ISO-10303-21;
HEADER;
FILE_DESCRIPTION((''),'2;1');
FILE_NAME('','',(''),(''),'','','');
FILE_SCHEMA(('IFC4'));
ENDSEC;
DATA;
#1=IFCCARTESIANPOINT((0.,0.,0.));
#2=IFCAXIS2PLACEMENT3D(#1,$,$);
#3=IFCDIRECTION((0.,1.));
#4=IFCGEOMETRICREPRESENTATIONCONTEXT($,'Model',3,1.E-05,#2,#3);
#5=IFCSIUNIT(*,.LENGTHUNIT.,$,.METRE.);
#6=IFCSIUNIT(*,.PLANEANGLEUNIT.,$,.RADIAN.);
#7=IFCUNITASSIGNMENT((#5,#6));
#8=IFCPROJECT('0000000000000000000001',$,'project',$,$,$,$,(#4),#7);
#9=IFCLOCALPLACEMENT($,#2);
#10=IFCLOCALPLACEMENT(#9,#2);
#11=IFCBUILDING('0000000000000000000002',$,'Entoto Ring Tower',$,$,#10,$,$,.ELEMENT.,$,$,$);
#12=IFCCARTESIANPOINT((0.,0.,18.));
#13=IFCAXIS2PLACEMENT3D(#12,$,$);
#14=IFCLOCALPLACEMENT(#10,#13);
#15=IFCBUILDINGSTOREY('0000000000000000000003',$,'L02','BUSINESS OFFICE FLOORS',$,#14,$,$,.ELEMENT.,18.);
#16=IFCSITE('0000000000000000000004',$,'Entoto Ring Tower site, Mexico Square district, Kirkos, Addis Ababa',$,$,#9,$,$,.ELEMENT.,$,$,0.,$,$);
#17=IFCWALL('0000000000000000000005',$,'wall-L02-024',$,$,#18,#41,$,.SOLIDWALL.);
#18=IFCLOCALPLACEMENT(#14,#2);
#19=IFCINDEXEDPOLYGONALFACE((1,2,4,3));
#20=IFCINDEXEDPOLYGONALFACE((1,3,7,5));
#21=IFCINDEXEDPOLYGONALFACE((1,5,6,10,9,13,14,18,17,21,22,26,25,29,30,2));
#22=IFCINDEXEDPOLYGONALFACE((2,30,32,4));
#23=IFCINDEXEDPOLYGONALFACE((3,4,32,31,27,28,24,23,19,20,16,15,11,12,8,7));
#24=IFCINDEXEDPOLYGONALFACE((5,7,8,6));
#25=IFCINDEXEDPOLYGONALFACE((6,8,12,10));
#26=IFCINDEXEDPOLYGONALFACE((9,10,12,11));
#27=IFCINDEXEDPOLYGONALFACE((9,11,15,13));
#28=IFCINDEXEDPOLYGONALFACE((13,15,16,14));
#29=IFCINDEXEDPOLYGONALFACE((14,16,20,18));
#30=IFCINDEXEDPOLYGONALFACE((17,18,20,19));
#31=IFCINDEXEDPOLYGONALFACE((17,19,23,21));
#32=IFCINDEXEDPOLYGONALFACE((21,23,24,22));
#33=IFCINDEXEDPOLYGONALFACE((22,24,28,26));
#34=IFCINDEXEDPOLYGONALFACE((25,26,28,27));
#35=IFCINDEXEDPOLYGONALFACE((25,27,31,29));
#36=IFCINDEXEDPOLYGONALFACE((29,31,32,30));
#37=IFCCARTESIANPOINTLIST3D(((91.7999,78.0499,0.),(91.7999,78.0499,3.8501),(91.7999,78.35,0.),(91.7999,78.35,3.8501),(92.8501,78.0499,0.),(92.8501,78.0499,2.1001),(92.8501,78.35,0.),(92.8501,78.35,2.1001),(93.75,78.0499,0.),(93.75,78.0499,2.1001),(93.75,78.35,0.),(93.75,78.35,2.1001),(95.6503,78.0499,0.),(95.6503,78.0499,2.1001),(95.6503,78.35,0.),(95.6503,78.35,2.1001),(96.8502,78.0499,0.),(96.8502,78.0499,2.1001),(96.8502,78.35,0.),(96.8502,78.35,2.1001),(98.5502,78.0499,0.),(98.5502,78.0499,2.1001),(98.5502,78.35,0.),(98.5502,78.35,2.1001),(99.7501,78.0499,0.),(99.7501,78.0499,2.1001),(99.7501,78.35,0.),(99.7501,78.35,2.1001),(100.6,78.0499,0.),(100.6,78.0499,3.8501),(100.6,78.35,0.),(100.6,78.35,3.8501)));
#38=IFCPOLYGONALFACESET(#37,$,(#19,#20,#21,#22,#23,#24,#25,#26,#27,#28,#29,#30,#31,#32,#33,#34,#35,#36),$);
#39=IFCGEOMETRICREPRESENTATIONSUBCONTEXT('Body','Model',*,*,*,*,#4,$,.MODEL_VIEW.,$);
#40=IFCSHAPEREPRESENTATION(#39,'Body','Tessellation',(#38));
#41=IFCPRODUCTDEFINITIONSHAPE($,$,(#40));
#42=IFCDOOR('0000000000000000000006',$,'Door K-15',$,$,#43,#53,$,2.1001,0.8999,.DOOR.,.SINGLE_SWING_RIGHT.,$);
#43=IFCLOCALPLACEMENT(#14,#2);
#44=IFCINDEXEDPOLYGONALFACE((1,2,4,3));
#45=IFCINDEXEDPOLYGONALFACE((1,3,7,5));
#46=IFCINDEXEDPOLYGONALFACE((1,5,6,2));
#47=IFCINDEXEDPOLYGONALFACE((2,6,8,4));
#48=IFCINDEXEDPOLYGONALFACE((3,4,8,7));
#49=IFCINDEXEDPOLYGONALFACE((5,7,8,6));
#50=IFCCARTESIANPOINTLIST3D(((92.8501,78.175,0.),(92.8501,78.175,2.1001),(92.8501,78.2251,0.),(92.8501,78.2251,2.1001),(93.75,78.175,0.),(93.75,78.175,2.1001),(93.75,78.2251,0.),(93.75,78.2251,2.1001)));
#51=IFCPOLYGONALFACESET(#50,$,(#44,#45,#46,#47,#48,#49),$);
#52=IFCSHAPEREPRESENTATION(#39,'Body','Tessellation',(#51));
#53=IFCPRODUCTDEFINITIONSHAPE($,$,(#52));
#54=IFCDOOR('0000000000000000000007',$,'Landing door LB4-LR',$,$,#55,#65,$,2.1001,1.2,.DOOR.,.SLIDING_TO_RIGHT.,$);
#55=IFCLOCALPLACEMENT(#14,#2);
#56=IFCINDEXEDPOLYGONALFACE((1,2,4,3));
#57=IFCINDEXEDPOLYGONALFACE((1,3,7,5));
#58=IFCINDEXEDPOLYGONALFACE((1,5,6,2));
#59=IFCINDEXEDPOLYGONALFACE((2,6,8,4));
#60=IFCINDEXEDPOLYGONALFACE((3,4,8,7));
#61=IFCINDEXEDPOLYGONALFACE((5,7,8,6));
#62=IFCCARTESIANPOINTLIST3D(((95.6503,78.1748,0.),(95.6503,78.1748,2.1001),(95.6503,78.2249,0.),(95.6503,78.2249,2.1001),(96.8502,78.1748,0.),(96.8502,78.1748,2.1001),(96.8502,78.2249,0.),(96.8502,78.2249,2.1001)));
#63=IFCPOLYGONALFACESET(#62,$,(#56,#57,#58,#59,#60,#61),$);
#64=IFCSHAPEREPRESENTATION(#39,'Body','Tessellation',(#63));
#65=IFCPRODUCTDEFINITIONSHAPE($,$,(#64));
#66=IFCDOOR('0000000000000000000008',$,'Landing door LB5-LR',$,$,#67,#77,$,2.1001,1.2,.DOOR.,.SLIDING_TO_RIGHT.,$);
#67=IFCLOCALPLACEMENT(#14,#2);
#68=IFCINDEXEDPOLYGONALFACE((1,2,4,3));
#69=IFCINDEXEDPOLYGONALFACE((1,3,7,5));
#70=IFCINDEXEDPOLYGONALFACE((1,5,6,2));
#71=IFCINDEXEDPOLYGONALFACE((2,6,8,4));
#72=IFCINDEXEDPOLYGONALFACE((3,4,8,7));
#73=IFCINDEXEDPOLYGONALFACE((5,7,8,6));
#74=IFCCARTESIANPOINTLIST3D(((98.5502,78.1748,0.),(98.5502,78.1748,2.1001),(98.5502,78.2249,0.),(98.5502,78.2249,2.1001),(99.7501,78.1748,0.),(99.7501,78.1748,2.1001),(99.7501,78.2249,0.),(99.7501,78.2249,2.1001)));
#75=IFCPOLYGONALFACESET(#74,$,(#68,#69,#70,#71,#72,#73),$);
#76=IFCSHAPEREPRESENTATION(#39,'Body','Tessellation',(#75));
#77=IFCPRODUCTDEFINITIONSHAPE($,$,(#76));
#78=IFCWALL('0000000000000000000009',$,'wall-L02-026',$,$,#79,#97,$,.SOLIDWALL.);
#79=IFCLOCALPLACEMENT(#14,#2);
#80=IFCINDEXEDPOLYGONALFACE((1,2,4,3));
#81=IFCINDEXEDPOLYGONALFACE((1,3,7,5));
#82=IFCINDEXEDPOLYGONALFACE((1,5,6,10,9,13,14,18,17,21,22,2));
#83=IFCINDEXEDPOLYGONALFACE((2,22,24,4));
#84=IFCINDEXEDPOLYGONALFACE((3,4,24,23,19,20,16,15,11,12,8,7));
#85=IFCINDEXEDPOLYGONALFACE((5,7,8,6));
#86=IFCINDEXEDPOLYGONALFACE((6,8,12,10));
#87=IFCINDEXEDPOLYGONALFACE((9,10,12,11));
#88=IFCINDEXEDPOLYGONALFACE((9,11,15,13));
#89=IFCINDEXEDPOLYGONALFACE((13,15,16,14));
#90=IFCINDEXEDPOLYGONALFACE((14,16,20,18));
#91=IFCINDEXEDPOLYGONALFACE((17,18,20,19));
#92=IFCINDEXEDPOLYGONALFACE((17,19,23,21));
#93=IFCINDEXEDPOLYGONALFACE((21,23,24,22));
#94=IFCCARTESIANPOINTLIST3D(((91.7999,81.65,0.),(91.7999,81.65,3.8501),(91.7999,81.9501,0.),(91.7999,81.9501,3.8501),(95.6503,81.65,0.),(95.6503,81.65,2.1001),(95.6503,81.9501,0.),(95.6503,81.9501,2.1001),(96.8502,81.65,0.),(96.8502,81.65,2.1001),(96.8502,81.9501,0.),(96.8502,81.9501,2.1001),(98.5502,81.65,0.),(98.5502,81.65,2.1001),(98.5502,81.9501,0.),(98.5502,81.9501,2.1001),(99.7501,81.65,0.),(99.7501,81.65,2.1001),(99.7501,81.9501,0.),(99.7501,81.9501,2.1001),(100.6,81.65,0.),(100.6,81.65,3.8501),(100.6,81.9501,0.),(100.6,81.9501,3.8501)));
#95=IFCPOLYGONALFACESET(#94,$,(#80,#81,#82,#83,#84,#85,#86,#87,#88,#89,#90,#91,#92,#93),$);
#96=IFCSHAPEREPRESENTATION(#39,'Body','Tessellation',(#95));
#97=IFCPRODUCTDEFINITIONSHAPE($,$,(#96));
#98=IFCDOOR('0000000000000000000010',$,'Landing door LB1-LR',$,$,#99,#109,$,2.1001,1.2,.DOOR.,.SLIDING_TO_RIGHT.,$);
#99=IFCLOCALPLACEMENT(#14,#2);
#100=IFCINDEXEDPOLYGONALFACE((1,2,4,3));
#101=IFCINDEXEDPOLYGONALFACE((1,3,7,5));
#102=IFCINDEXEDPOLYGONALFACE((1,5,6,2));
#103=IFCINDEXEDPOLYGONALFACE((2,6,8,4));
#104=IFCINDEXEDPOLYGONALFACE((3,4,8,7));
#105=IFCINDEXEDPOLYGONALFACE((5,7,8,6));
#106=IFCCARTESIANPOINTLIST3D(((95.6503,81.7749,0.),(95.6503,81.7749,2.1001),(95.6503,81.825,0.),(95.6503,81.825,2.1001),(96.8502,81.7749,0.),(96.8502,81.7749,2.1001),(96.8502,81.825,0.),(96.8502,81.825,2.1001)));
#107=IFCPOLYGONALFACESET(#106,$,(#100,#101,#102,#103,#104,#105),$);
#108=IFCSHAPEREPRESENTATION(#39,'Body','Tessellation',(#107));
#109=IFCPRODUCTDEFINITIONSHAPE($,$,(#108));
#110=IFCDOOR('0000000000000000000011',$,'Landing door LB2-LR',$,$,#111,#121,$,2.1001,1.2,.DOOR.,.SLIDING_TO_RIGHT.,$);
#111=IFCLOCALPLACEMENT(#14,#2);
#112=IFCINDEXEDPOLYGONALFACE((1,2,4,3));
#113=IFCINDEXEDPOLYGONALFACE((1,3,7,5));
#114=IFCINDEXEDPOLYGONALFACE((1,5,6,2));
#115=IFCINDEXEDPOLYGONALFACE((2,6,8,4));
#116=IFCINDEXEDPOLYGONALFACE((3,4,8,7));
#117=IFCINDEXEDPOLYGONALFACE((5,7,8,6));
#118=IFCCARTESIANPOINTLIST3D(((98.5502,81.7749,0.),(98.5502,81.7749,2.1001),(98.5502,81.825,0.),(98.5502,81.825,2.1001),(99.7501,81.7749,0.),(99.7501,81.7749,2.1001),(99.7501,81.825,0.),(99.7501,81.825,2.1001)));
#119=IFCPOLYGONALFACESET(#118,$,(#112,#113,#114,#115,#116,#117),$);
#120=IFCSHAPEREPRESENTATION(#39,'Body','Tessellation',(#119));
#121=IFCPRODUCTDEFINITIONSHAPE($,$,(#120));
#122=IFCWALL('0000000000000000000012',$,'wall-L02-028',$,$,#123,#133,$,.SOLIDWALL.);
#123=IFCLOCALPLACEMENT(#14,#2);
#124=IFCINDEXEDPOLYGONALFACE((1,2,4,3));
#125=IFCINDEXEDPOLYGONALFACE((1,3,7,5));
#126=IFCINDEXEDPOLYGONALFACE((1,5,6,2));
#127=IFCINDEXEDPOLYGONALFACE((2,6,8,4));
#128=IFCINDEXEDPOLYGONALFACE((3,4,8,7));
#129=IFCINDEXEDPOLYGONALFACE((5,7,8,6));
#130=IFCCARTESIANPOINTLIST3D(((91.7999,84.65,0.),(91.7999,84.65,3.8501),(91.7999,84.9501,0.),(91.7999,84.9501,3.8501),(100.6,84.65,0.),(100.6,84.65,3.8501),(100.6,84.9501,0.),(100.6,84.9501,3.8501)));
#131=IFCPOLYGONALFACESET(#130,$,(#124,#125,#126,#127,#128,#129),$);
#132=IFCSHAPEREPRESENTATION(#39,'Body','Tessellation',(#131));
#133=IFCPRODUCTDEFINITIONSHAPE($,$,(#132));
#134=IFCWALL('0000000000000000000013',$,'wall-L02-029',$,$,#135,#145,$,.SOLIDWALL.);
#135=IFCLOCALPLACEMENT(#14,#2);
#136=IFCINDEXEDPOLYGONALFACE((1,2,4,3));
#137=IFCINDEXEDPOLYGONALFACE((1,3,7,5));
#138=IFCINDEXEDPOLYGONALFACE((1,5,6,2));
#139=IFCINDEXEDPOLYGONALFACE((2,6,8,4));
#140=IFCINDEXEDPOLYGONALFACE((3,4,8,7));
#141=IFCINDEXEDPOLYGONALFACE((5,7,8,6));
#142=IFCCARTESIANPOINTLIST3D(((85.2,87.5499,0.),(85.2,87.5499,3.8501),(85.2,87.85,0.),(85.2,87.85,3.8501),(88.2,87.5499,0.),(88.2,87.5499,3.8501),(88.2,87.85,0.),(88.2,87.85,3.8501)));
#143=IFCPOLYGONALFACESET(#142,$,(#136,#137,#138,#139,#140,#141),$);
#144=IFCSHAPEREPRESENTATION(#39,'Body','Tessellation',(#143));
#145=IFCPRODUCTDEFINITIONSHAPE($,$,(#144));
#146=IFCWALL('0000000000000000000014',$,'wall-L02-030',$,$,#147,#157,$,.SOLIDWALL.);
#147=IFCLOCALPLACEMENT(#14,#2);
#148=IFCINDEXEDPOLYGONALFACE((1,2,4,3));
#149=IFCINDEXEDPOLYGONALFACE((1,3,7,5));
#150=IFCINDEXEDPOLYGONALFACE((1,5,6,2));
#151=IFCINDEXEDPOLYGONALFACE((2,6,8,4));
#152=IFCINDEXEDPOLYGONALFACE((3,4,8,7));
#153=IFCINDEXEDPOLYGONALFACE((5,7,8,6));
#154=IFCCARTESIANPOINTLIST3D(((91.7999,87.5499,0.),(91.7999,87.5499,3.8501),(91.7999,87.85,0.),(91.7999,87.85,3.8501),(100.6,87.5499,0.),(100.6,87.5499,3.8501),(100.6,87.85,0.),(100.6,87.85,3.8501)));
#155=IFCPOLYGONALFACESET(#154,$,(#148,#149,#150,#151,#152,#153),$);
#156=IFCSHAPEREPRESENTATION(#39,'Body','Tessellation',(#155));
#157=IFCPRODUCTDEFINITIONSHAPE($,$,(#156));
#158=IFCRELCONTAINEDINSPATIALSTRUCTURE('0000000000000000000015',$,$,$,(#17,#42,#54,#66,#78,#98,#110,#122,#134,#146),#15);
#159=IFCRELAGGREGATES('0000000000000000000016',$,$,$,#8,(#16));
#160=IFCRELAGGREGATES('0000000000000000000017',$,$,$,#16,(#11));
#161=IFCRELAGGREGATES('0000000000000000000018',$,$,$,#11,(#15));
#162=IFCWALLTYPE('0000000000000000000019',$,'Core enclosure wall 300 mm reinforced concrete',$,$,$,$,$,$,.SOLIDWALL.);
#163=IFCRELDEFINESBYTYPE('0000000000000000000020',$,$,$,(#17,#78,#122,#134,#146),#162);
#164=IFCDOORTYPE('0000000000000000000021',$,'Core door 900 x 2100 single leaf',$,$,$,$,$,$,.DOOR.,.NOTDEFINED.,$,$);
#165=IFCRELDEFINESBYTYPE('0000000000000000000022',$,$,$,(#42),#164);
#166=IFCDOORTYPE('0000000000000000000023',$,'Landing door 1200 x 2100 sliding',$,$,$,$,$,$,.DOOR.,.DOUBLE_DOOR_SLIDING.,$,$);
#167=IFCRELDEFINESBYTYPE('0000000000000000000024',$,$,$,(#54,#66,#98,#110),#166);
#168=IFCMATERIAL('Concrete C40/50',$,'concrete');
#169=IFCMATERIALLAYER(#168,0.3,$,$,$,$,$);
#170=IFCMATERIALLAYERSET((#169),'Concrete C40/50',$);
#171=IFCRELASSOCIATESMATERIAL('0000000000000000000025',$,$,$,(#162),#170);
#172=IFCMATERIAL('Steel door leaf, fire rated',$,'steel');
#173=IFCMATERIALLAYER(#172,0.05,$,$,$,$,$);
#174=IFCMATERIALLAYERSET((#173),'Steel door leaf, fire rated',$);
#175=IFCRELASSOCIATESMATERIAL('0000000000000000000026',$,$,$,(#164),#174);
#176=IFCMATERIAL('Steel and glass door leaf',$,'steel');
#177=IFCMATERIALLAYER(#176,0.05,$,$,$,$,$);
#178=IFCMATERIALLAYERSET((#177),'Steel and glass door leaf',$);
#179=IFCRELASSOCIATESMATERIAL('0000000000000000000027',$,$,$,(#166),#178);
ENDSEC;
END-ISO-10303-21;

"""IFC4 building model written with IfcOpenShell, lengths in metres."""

from ifc_helpers import new_model, si_unit, direction, frame, frame_2d, origin, place, context, subcontext, project, spatial, rectangle, extrude, material, layer, layer_set, type_object, element, fill, save


model = new_model("IFC4")

# Units and contexts
model_context = context("Model", 3, precision=1e-05, world=origin(), true_north=direction((0.0, 1.0)))
body_context = subcontext(model_context, "Body", "Model", "MODEL_VIEW")
ifc_project = project(units=[si_unit("LENGTHUNIT", "METRE"), si_unit("PLANEANGLEUNIT", "RADIAN")], contexts=[model_context])

# Site, building, storey
site_placement = place(None, origin())
site = spatial("IfcSite", under=ifc_project, at=site_placement, Name="Entoto Ring Tower site, Mexico Square district, Kirkos, Addis Ababa", CompositionType="ELEMENT", RefElevation=0.0)
building_placement = place(site_placement, origin())
building = spatial("IfcBuilding", under=site, at=building_placement, Name="Entoto Ring Tower", CompositionType="ELEMENT")
storey_placement = place(building_placement, frame((0.0, 0.0, 18.0)))
storey = spatial("IfcBuildingStorey", under=building, at=storey_placement, Name="L02", Description="BUSINESS OFFICE FLOORS", CompositionType="ELEMENT", Elevation=18.0)

# Shared definitions
ifc_material_1 = material(Name="Concrete C40/50", Category="concrete")
ifc_layer_1 = layer(ifc_material_1, 0.3)
ifc_layer_set_1 = layer_set([ifc_layer_1], Name="Concrete C40/50")
wall_type = type_object("IfcWallType", Name="Core enclosure wall 300 mm reinforced concrete", PredefinedType="SOLIDWALL", material=ifc_layer_set_1)

# Shared definitions
ifc_material_2 = material(Name="Steel door leaf, fire rated", Category="steel")
ifc_layer_2 = layer(ifc_material_2, 0.05)
ifc_layer_set_2 = layer_set([ifc_layer_2], Name="Steel door leaf, fire rated")
door_type_1 = type_object("IfcDoorType", Name="Core door 900 x 2100 single leaf", OperationType="NOTDEFINED", PredefinedType="DOOR", material=ifc_layer_set_2)

# Walls, openings, doors
ifc_material_3 = material(Name="Steel and glass door leaf", Category="steel")
ifc_layer_3 = layer(ifc_material_3, 0.05)
ifc_layer_set_3 = layer_set([ifc_layer_3], Name="Steel and glass door leaf")
door_type_2 = type_object("IfcDoorType", Name="Landing door 1200 x 2100 sliding", OperationType="DOUBLE_DOOR_SLIDING", PredefinedType="DOOR", material=ifc_layer_set_3)
wall_1_placement = place(storey_placement, frame((91.8, 78.2, 0.0), z_axis=(0.0, 0.0, 1.0), x_axis=(1.0, 0.0, 0.0)))
wall_1 = element("IfcWall", 1, at=wall_1_placement, inside=storey, type_object=wall_type, Name="wall-L02-024", PredefinedType="SOLIDWALL", context=body_context, shape_type="SweptSolid", body=[
    extrude(rectangle(XDim=8.8, YDim=0.3, at=frame_2d((4.3999, 0.0))), origin(), (0.0, 0.0, 1.0), 3.8501),
])
opening_1_placement = place(wall_1_placement, frame((3.8501, 0.0, 0.0)))
opening_1 = element("IfcOpeningElement", 2, at=opening_1_placement, cuts=wall_1, PredefinedType="OPENING", context=body_context, shape_type="SweptSolid", body=[
    extrude(rectangle(XDim=1.2, YDim=2.1001, at=frame_2d((0.6001, 1.05))), frame((0.0, 0.1602, 0.0), z_axis=(0.0, -1.0, 0.0), x_axis=(1.0, 0.0, 0.0)), (0.0, 0.0, 1.0), 0.3201),
])
opening_2_placement = place(wall_1_placement, frame((6.75, 0.0, 0.0)))
opening_2 = element("IfcOpeningElement", 3, at=opening_2_placement, cuts=wall_1, PredefinedType="OPENING", context=body_context, shape_type="SweptSolid", body=[
    extrude(rectangle(XDim=1.2, YDim=2.1001, at=frame_2d((0.6001, 1.05))), frame((0.0, 0.1602, 0.0), z_axis=(0.0, -1.0, 0.0), x_axis=(1.0, 0.0, 0.0)), (0.0, 0.0, 1.0), 0.3201),
])
opening_3_placement = place(wall_1_placement, frame((1.05, 0.0, 0.0)))
opening_3 = element("IfcOpeningElement", 4, at=opening_3_placement, cuts=wall_1, PredefinedType="OPENING", context=body_context, shape_type="SweptSolid", body=[
    extrude(rectangle(XDim=0.8999, YDim=2.1001, at=frame_2d((0.45, 1.05))), frame((0.0, 0.1602, 0.0), z_axis=(0.0, -1.0, 0.0), x_axis=(1.0, 0.0, 0.0)), (0.0, 0.0, 1.0), 0.3201),
])
door_1_placement = place(opening_3_placement, frame((0.8999, 0.0, 0.0), z_axis=(0.0, 0.0, 1.0), x_axis=(-1.0, 0.0, 0.0)))
door_1 = element("IfcDoor", 5, at=door_1_placement, inside=storey, type_object=door_type_1, Name="Door K-15", OperationType="SINGLE_SWING_RIGHT", OverallHeight=2.1001, OverallWidth=0.8999, PredefinedType="DOOR", context=body_context, shape_type="SweptSolid", body=[
    extrude(rectangle(XDim=0.8999, YDim=2.1001, at=frame_2d((0.45, 1.05))), frame((0.0, 0.0249, 0.0), z_axis=(0.0, -1.0, 0.0), x_axis=(1.0, 0.0, 0.0)), (0.0, 0.0, 1.0), 0.05),
])
fill(opening_3, door_1)
door_2_placement = place(opening_1_placement, origin())
door_2 = element("IfcDoor", 6, at=door_2_placement, inside=storey, type_object=door_type_2, Name="Landing door LB4-LR", OperationType="SLIDING_TO_RIGHT", OverallHeight=2.1001, OverallWidth=1.2, PredefinedType="DOOR", context=body_context, shape_type="SweptSolid", body=[
    extrude(rectangle(XDim=1.2, YDim=2.1001, at=frame_2d((0.6001, 1.05))), frame((0.0, 0.0249, 0.0), z_axis=(0.0, -1.0, 0.0), x_axis=(1.0, 0.0, 0.0)), (0.0, 0.0, 1.0), 0.05),
])
fill(opening_1, door_2)
door_3_placement = place(opening_2_placement, origin())
door_3 = element("IfcDoor", 7, at=door_3_placement, inside=storey, type_object=door_type_2, Name="Landing door LB5-LR", OperationType="SLIDING_TO_RIGHT", OverallHeight=2.1001, OverallWidth=1.2, PredefinedType="DOOR", context=body_context, shape_type="SweptSolid", body=[
    extrude(rectangle(XDim=1.2, YDim=2.1001, at=frame_2d((0.6001, 1.05))), frame((0.0, 0.0249, 0.0), z_axis=(0.0, -1.0, 0.0), x_axis=(1.0, 0.0, 0.0)), (0.0, 0.0, 1.0), 0.05),
])
fill(opening_2, door_3)
wall_2_placement = place(storey_placement, frame((91.8, 81.8, 0.0), z_axis=(0.0, 0.0, 1.0), x_axis=(1.0, 0.0, 0.0)))
wall_2 = element("IfcWall", 8, at=wall_2_placement, inside=storey, type_object=wall_type, Name="wall-L02-026", PredefinedType="SOLIDWALL", context=body_context, shape_type="SweptSolid", body=[
    extrude(rectangle(XDim=8.8, YDim=0.3, at=frame_2d((4.3999, 0.0))), origin(), (0.0, 0.0, 1.0), 3.8501),
])
opening_4_placement = place(wall_2_placement, frame((3.8501, 0.0, 0.0)))
opening_4 = element("IfcOpeningElement", 9, at=opening_4_placement, cuts=wall_2, PredefinedType="OPENING", context=body_context, shape_type="SweptSolid", body=[
    extrude(rectangle(XDim=1.2, YDim=2.1001, at=frame_2d((0.6001, 1.05))), frame((0.0, 0.1602, 0.0), z_axis=(0.0, -1.0, 0.0), x_axis=(1.0, 0.0, 0.0)), (0.0, 0.0, 1.0), 0.3201),
])
opening_5_placement = place(wall_2_placement, frame((6.75, 0.0, 0.0)))
opening_5 = element("IfcOpeningElement", 10, at=opening_5_placement, cuts=wall_2, PredefinedType="OPENING", context=body_context, shape_type="SweptSolid", body=[
    extrude(rectangle(XDim=1.2, YDim=2.1001, at=frame_2d((0.6001, 1.05))), frame((0.0, 0.1602, 0.0), z_axis=(0.0, -1.0, 0.0), x_axis=(1.0, 0.0, 0.0)), (0.0, 0.0, 1.0), 0.3201),
])
door_4_placement = place(opening_4_placement, origin())
door_4 = element("IfcDoor", 11, at=door_4_placement, inside=storey, type_object=door_type_2, Name="Landing door LB1-LR", OperationType="SLIDING_TO_RIGHT", OverallHeight=2.1001, OverallWidth=1.2, PredefinedType="DOOR", context=body_context, shape_type="SweptSolid", body=[
    extrude(rectangle(XDim=1.2, YDim=2.1001, at=frame_2d((0.6001, 1.05))), frame((0.0, 0.0249, 0.0), z_axis=(0.0, -1.0, 0.0), x_axis=(1.0, 0.0, 0.0)), (0.0, 0.0, 1.0), 0.05),
])
fill(opening_4, door_4)
door_5_placement = place(opening_5_placement, origin())
door_5 = element("IfcDoor", 12, at=door_5_placement, inside=storey, type_object=door_type_2, Name="Landing door LB2-LR", OperationType="SLIDING_TO_RIGHT", OverallHeight=2.1001, OverallWidth=1.2, PredefinedType="DOOR", context=body_context, shape_type="SweptSolid", body=[
    extrude(rectangle(XDim=1.2, YDim=2.1001, at=frame_2d((0.6001, 1.05))), frame((0.0, 0.0249, 0.0), z_axis=(0.0, -1.0, 0.0), x_axis=(1.0, 0.0, 0.0)), (0.0, 0.0, 1.0), 0.05),
])
fill(opening_5, door_5)

# Walls
wall_3_placement = place(storey_placement, frame((91.8, 84.8, 0.0), z_axis=(0.0, 0.0, 1.0), x_axis=(1.0, 0.0, 0.0)))
element("IfcWall", 13, at=wall_3_placement, inside=storey, type_object=wall_type, Name="wall-L02-028", PredefinedType="SOLIDWALL", context=body_context, shape_type="SweptSolid", body=[
    extrude(rectangle(XDim=8.8, YDim=0.3, at=frame_2d((4.3999, 0.0))), origin(), (0.0, 0.0, 1.0), 3.8501),
])
wall_4_placement = place(storey_placement, frame((85.2, 87.7, 0.0), z_axis=(0.0, 0.0, 1.0), x_axis=(1.0, 0.0, 0.0)))
element("IfcWall", 14, at=wall_4_placement, inside=storey, type_object=wall_type, Name="wall-L02-029", PredefinedType="SOLIDWALL", context=body_context, shape_type="SweptSolid", body=[
    extrude(rectangle(XDim=3.0, YDim=0.3, at=frame_2d((1.5, 0.0))), origin(), (0.0, 0.0, 1.0), 3.8501),
])
wall_5_placement = place(storey_placement, frame((91.8, 87.7, 0.0), z_axis=(0.0, 0.0, 1.0), x_axis=(1.0, 0.0, 0.0)))
element("IfcWall", 15, at=wall_5_placement, inside=storey, type_object=wall_type, Name="wall-L02-030", PredefinedType="SOLIDWALL", context=body_context, shape_type="SweptSolid", body=[
    extrude(rectangle(XDim=8.8, YDim=0.3, at=frame_2d((4.3999, 0.0))), origin(), (0.0, 0.0, 1.0), 3.8501),
])

save(model, "model.ifc")
